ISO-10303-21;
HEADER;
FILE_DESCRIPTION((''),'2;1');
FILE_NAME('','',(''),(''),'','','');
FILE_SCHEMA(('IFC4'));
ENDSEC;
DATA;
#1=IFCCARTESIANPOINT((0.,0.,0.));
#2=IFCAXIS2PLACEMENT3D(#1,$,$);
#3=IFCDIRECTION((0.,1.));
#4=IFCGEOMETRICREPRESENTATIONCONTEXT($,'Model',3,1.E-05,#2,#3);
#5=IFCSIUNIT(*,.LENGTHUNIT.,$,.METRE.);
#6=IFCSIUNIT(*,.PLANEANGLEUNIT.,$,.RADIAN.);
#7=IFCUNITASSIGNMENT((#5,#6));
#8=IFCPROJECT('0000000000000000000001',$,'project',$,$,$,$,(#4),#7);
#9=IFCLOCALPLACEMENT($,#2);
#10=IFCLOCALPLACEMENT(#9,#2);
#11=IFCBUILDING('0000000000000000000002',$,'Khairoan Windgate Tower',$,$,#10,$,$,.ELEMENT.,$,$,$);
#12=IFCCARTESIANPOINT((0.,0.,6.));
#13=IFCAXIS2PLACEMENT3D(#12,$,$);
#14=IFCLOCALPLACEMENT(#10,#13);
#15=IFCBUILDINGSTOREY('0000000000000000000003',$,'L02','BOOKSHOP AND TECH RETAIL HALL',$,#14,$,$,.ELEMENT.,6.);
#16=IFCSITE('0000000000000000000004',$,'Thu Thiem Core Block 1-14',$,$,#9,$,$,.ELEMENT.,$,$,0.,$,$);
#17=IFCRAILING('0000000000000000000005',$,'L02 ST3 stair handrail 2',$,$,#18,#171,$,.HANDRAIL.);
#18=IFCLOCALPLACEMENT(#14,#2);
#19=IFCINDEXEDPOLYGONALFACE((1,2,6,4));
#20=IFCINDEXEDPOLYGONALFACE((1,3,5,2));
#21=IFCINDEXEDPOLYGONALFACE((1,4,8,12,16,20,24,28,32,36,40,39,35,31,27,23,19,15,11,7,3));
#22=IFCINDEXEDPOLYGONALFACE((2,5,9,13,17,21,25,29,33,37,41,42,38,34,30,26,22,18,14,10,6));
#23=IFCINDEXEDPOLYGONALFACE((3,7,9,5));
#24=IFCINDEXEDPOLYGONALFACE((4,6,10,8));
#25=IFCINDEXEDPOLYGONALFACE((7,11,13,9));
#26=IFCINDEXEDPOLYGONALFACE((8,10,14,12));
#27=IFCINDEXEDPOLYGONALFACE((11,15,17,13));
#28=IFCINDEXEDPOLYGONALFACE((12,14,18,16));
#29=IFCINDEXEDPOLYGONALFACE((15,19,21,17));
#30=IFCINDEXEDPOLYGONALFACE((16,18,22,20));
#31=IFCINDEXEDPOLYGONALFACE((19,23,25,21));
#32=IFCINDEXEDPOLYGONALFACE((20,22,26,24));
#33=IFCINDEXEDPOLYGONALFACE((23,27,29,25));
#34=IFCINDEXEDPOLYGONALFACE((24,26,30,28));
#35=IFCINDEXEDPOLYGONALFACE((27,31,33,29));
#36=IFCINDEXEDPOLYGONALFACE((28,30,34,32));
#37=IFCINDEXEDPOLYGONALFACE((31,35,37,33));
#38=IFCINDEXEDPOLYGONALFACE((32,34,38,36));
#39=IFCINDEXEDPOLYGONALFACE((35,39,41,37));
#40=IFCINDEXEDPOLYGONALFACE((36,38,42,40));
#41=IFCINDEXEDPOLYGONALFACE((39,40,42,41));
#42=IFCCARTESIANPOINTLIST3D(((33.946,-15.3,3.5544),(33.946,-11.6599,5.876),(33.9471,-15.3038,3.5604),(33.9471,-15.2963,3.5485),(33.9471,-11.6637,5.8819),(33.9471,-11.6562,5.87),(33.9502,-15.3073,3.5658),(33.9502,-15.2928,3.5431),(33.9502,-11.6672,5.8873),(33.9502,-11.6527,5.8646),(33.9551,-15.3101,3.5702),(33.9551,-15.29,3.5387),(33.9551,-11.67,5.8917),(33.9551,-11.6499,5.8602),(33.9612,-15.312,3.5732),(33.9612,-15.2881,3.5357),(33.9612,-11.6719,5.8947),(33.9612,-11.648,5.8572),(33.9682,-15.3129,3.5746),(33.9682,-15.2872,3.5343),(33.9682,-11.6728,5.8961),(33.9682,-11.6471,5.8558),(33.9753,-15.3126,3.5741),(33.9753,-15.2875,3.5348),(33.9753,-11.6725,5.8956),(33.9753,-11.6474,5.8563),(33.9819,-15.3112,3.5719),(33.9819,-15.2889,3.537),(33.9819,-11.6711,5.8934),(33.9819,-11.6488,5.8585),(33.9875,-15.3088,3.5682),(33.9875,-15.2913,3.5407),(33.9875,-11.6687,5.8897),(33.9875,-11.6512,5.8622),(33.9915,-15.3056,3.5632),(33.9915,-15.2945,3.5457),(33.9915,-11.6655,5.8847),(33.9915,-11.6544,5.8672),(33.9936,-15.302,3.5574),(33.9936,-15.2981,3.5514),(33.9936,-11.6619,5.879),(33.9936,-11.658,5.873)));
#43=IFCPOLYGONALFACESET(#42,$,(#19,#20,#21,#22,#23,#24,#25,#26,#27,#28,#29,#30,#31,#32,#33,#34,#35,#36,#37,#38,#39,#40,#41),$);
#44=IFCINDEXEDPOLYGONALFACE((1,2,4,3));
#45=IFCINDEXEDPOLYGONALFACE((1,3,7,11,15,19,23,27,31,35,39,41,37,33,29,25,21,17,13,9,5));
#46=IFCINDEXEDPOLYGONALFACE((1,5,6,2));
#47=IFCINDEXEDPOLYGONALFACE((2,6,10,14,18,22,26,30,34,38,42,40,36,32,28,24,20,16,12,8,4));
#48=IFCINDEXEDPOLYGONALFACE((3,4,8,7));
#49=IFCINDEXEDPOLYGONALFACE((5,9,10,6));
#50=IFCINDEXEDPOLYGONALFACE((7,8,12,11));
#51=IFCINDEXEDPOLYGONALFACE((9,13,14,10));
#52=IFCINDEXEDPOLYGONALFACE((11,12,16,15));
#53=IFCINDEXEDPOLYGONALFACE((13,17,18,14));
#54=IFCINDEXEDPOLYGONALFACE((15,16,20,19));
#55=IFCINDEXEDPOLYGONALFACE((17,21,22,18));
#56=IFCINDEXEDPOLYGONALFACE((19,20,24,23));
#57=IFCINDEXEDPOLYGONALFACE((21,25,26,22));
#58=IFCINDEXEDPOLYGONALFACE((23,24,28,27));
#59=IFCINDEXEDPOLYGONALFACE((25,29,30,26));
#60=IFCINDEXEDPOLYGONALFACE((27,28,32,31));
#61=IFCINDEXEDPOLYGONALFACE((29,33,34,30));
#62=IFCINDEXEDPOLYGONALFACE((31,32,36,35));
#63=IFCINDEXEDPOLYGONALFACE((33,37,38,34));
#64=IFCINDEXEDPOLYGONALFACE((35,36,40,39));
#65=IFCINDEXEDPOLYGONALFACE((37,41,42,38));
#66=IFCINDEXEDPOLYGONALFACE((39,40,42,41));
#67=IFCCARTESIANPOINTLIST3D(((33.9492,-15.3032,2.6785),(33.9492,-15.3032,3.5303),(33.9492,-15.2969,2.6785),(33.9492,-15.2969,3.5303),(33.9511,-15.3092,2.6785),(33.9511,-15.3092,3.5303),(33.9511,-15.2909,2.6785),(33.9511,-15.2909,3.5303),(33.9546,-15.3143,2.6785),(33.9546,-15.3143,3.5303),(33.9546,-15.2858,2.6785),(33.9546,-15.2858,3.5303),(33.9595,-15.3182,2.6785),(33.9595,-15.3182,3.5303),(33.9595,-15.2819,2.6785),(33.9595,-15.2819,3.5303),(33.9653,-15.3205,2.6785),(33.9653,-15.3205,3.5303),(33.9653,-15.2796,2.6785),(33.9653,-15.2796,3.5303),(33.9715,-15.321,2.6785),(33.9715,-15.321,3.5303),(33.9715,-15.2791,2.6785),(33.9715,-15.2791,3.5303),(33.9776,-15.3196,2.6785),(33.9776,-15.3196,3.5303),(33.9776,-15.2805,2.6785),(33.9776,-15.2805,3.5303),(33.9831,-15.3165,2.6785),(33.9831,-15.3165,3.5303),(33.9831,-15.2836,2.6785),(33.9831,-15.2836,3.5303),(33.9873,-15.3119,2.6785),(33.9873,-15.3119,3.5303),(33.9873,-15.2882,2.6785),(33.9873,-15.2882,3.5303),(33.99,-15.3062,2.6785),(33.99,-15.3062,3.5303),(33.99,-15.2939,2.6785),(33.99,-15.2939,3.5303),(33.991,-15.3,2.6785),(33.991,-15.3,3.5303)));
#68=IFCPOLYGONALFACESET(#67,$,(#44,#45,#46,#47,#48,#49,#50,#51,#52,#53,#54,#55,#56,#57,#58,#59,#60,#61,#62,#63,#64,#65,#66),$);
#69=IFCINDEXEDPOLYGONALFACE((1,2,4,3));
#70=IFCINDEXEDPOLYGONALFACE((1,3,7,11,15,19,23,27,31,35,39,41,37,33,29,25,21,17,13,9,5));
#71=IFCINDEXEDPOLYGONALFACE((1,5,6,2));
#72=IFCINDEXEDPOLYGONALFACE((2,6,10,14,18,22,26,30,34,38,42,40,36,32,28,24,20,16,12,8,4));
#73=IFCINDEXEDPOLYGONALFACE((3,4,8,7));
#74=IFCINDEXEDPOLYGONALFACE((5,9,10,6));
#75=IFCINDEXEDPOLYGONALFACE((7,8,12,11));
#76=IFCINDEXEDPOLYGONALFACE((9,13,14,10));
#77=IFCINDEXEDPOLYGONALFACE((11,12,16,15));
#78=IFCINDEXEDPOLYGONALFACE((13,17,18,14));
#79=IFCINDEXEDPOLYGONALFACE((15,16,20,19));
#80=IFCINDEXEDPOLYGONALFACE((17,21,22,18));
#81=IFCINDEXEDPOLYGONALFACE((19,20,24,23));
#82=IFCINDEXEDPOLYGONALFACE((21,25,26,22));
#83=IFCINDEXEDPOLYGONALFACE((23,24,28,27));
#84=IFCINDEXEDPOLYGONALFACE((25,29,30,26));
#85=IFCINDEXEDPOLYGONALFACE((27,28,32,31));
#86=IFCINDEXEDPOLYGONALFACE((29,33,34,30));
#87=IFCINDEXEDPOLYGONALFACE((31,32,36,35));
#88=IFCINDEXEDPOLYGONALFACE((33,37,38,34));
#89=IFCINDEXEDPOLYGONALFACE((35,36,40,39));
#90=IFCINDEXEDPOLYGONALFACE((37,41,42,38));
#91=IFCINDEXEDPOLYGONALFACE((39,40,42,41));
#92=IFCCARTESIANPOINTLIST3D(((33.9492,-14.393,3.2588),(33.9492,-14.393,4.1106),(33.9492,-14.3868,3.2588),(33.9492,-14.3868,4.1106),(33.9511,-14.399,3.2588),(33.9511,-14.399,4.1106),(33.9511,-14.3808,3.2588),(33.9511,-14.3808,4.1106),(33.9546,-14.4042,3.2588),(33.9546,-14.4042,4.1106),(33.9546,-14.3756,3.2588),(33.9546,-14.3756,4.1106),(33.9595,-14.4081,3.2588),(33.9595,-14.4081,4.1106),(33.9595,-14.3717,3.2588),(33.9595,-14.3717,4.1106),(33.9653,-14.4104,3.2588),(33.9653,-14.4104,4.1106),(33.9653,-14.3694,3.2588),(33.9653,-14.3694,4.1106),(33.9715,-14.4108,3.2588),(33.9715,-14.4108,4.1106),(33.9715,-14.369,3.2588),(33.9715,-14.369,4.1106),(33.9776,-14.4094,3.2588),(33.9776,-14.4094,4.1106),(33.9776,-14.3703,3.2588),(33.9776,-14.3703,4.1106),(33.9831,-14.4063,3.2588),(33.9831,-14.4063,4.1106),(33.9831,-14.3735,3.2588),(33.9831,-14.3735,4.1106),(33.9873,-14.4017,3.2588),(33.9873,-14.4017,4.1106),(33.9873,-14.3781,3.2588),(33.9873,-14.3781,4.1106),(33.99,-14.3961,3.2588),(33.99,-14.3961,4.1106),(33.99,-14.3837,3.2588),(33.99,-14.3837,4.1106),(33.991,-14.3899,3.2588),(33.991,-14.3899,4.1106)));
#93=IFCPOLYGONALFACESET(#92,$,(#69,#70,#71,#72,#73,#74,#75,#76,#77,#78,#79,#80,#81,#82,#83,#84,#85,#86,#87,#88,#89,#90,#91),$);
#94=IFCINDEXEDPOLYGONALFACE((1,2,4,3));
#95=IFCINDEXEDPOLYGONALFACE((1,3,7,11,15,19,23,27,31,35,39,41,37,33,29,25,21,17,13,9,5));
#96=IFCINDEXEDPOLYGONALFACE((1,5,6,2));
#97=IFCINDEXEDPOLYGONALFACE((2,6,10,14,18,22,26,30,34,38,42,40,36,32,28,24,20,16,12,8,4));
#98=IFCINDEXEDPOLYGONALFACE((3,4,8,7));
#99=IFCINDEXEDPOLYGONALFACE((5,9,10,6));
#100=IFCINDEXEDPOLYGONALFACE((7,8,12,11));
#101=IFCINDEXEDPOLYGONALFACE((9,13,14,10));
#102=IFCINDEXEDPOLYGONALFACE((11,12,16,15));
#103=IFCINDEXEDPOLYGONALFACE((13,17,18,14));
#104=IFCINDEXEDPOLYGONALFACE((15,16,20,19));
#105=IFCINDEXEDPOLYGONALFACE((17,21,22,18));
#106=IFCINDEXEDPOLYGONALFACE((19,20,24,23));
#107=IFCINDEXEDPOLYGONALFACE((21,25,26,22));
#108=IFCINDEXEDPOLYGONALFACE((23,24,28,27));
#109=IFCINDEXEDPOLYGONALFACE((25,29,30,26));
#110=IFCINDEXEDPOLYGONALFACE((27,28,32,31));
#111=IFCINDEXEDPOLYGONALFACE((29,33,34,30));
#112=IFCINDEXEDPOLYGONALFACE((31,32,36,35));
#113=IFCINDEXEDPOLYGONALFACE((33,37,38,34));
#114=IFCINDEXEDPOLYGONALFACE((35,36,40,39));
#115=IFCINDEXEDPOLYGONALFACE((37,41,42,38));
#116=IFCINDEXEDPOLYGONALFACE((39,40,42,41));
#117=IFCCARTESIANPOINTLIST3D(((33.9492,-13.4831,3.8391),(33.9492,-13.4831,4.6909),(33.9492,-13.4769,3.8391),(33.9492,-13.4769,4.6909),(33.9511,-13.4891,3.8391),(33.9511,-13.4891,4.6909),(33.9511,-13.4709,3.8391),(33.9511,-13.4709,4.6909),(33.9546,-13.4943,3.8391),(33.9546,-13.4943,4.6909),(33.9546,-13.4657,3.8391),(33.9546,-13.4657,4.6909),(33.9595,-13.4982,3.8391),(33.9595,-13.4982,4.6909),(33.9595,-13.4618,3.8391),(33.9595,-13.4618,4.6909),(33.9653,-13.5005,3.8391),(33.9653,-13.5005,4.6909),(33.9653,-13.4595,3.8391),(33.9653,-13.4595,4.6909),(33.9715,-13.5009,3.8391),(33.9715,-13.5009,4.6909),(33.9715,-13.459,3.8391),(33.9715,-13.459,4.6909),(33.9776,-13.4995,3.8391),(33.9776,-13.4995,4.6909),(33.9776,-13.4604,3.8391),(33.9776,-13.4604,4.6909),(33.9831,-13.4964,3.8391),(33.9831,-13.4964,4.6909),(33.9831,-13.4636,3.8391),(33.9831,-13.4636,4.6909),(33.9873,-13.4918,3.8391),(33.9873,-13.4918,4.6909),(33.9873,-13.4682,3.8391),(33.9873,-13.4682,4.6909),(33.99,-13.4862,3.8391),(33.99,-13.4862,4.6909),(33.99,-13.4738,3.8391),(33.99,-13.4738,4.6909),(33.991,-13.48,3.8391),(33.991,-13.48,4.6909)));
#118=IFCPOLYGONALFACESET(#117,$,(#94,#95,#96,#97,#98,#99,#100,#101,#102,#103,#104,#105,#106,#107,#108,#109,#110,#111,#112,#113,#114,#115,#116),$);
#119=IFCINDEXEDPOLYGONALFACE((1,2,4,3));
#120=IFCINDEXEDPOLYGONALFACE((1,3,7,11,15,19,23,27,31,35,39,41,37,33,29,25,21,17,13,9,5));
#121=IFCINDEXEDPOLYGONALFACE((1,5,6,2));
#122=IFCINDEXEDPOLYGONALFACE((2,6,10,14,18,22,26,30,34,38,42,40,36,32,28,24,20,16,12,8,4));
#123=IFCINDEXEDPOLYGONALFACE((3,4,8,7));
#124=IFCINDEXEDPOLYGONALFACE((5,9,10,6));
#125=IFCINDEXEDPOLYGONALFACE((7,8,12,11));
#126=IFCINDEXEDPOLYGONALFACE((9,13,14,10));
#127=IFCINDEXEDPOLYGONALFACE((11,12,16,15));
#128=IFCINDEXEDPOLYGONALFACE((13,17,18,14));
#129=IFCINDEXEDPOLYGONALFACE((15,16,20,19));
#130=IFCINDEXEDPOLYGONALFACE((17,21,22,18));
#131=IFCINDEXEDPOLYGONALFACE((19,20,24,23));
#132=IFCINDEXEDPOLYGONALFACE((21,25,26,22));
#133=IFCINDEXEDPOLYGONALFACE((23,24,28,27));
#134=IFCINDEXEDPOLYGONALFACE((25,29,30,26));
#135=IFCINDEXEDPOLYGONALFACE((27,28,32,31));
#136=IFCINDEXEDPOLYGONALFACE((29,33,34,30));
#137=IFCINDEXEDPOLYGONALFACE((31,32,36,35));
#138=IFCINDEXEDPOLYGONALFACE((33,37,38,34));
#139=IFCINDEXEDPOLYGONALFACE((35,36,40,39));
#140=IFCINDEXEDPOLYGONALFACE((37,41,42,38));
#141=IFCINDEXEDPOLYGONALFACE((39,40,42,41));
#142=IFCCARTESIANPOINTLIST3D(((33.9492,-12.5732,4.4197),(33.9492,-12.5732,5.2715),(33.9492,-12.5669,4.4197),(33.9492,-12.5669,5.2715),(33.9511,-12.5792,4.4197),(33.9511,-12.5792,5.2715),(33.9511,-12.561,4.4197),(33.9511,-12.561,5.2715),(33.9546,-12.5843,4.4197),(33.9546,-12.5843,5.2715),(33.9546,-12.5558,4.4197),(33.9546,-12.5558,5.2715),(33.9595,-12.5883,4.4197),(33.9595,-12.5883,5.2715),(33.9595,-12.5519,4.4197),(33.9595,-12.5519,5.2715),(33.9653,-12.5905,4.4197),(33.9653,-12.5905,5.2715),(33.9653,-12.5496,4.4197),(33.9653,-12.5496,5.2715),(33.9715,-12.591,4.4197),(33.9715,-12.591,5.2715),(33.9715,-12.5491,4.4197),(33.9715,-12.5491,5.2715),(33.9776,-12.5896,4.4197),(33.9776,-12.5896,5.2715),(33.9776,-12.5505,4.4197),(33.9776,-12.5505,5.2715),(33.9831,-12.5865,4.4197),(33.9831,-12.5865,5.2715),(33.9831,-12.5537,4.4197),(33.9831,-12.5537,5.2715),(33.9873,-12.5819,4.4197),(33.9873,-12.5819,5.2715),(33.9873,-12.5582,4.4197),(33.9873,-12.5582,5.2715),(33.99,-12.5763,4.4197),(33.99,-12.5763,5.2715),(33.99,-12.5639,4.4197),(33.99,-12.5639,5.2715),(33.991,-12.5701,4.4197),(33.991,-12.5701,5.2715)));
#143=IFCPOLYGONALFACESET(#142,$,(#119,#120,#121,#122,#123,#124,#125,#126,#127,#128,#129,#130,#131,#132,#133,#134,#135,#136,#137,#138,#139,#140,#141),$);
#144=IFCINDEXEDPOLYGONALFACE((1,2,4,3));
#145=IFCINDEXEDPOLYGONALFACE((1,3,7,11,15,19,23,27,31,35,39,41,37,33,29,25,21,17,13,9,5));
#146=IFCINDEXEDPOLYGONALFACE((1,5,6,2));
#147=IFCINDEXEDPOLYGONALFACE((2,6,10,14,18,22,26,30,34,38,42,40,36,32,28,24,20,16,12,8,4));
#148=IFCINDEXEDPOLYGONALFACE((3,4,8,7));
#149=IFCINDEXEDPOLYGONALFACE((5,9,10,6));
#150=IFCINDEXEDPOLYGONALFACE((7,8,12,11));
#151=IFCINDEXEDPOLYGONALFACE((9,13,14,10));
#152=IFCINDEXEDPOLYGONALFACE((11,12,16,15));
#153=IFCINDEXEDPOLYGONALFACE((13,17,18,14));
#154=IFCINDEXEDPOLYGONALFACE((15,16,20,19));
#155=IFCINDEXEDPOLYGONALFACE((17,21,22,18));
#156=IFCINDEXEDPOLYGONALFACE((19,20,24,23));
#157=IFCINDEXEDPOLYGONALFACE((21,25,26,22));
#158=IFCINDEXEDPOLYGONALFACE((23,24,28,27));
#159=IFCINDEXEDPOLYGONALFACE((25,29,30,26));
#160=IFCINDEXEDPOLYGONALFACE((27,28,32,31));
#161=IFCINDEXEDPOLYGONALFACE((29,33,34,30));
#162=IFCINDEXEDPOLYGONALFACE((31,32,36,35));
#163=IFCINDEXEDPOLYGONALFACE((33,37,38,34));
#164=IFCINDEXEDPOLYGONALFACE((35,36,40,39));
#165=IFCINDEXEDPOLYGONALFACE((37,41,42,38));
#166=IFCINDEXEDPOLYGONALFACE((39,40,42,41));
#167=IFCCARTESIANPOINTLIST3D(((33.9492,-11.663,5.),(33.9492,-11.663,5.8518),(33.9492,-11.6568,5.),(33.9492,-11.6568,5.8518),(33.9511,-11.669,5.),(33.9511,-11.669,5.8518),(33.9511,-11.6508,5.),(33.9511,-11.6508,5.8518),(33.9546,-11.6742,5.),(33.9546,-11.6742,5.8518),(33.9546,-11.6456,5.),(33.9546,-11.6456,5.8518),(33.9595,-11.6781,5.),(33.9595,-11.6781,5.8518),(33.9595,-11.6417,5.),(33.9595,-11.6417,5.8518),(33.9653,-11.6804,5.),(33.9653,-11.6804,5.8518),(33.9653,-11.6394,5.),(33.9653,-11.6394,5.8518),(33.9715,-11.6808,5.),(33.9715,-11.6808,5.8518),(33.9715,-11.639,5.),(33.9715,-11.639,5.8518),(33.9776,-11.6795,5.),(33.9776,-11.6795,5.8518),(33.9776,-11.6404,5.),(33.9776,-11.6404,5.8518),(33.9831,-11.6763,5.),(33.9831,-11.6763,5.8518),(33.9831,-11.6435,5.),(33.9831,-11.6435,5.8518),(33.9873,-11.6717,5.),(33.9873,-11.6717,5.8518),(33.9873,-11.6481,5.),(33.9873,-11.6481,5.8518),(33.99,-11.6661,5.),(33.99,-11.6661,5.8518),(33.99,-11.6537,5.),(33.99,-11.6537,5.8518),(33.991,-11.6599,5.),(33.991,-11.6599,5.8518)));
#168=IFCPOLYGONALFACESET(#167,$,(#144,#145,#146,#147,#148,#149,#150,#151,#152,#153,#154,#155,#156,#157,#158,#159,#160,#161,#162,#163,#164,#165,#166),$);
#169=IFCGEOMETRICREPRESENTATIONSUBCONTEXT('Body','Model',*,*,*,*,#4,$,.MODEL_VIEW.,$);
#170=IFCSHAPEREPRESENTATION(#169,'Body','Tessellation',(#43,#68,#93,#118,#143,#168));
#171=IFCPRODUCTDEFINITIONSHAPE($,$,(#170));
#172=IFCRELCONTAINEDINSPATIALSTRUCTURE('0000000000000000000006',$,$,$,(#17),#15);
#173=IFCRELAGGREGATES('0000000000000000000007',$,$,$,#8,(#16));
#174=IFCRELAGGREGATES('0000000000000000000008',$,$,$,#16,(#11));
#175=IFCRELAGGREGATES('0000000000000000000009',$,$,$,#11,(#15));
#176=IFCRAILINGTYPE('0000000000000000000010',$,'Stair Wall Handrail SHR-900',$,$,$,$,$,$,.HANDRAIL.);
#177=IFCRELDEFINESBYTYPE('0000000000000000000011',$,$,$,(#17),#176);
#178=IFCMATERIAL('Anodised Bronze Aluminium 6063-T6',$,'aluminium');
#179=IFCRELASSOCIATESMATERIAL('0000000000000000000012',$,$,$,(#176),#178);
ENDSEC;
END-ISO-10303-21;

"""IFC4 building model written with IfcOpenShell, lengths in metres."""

from ifc_helpers import new_model, si_unit, direction, frame, origin, origin_2d, place, context, subcontext, project, spatial, circle, extrude, material, type_object, element, save


model = new_model("IFC4")

# Units and contexts
model_context = context("Model", 3, precision=1e-05, world=origin(), true_north=direction((0.0, 1.0)))
body_context = subcontext(model_context, "Body", "Model", "MODEL_VIEW")
ifc_project = project(units=[si_unit("LENGTHUNIT", "METRE"), si_unit("PLANEANGLEUNIT", "RADIAN")], contexts=[model_context])

# Site, building, storey
site_placement = place(None, origin())
site = spatial("IfcSite", under=ifc_project, at=site_placement, Name="Thu Thiem Core Block 1-14", CompositionType="ELEMENT", RefElevation=0.0)
building_placement = place(site_placement, origin())
building = spatial("IfcBuilding", under=site, at=building_placement, Name="Khairoan Windgate Tower", CompositionType="ELEMENT")
storey_placement = place(building_placement, frame((0.0, 0.0, 6.0)))
storey = spatial("IfcBuildingStorey", under=building, at=storey_placement, Name="L02", Description="BOOKSHOP AND TECH RETAIL HALL", CompositionType="ELEMENT", Elevation=6.0)

# Railing
ifc_material_1 = material(Name="Anodised Bronze Aluminium 6063-T6", Category="aluminium")
railing_type_1 = type_object("IfcRailingType", Name="Stair Wall Handrail SHR-900", PredefinedType="HANDRAIL", material=ifc_material_1)
railing_1_placement = place(storey_placement, frame((33.97, -15.3, 2.6785)))
element("IfcRailing", 1, at=railing_1_placement, inside=storey, type_object=railing_type_1, Name="L02 ST3 stair handrail 2", PredefinedType="HANDRAIL", context=body_context, shape_type="SweptSolid", body=[
    extrude(circle(Radius=0.0239, at=origin_2d()), frame((0.0, 0.0, 0.876), z_axis=(0.0, 0.843128, 0.537713), x_axis=(-1.0, 0.0, 0.0)), (0.0, 0.0, 1.0), 4.3174),
    extrude(circle(Radius=0.021, at=origin_2d()), origin(), (0.0, 0.0, 1.0), 0.8518),
    extrude(circle(Radius=0.021, at=origin_2d()), frame((0.0, 0.9102, 0.5803)), (0.0, 0.0, 1.0), 0.8518),
    extrude(circle(Radius=0.021, at=origin_2d()), frame((0.0, 1.8201, 1.1606)), (0.0, 0.0, 1.0), 0.8518),
    extrude(circle(Radius=0.021, at=origin_2d()), frame((0.0, 2.73, 1.7412)), (0.0, 0.0, 1.0), 0.8518),
    extrude(circle(Radius=0.021, at=origin_2d()), frame((0.0, 3.6401, 2.3215)), (0.0, 0.0, 1.0), 0.8518),
])

save(model, "model.ifc")
